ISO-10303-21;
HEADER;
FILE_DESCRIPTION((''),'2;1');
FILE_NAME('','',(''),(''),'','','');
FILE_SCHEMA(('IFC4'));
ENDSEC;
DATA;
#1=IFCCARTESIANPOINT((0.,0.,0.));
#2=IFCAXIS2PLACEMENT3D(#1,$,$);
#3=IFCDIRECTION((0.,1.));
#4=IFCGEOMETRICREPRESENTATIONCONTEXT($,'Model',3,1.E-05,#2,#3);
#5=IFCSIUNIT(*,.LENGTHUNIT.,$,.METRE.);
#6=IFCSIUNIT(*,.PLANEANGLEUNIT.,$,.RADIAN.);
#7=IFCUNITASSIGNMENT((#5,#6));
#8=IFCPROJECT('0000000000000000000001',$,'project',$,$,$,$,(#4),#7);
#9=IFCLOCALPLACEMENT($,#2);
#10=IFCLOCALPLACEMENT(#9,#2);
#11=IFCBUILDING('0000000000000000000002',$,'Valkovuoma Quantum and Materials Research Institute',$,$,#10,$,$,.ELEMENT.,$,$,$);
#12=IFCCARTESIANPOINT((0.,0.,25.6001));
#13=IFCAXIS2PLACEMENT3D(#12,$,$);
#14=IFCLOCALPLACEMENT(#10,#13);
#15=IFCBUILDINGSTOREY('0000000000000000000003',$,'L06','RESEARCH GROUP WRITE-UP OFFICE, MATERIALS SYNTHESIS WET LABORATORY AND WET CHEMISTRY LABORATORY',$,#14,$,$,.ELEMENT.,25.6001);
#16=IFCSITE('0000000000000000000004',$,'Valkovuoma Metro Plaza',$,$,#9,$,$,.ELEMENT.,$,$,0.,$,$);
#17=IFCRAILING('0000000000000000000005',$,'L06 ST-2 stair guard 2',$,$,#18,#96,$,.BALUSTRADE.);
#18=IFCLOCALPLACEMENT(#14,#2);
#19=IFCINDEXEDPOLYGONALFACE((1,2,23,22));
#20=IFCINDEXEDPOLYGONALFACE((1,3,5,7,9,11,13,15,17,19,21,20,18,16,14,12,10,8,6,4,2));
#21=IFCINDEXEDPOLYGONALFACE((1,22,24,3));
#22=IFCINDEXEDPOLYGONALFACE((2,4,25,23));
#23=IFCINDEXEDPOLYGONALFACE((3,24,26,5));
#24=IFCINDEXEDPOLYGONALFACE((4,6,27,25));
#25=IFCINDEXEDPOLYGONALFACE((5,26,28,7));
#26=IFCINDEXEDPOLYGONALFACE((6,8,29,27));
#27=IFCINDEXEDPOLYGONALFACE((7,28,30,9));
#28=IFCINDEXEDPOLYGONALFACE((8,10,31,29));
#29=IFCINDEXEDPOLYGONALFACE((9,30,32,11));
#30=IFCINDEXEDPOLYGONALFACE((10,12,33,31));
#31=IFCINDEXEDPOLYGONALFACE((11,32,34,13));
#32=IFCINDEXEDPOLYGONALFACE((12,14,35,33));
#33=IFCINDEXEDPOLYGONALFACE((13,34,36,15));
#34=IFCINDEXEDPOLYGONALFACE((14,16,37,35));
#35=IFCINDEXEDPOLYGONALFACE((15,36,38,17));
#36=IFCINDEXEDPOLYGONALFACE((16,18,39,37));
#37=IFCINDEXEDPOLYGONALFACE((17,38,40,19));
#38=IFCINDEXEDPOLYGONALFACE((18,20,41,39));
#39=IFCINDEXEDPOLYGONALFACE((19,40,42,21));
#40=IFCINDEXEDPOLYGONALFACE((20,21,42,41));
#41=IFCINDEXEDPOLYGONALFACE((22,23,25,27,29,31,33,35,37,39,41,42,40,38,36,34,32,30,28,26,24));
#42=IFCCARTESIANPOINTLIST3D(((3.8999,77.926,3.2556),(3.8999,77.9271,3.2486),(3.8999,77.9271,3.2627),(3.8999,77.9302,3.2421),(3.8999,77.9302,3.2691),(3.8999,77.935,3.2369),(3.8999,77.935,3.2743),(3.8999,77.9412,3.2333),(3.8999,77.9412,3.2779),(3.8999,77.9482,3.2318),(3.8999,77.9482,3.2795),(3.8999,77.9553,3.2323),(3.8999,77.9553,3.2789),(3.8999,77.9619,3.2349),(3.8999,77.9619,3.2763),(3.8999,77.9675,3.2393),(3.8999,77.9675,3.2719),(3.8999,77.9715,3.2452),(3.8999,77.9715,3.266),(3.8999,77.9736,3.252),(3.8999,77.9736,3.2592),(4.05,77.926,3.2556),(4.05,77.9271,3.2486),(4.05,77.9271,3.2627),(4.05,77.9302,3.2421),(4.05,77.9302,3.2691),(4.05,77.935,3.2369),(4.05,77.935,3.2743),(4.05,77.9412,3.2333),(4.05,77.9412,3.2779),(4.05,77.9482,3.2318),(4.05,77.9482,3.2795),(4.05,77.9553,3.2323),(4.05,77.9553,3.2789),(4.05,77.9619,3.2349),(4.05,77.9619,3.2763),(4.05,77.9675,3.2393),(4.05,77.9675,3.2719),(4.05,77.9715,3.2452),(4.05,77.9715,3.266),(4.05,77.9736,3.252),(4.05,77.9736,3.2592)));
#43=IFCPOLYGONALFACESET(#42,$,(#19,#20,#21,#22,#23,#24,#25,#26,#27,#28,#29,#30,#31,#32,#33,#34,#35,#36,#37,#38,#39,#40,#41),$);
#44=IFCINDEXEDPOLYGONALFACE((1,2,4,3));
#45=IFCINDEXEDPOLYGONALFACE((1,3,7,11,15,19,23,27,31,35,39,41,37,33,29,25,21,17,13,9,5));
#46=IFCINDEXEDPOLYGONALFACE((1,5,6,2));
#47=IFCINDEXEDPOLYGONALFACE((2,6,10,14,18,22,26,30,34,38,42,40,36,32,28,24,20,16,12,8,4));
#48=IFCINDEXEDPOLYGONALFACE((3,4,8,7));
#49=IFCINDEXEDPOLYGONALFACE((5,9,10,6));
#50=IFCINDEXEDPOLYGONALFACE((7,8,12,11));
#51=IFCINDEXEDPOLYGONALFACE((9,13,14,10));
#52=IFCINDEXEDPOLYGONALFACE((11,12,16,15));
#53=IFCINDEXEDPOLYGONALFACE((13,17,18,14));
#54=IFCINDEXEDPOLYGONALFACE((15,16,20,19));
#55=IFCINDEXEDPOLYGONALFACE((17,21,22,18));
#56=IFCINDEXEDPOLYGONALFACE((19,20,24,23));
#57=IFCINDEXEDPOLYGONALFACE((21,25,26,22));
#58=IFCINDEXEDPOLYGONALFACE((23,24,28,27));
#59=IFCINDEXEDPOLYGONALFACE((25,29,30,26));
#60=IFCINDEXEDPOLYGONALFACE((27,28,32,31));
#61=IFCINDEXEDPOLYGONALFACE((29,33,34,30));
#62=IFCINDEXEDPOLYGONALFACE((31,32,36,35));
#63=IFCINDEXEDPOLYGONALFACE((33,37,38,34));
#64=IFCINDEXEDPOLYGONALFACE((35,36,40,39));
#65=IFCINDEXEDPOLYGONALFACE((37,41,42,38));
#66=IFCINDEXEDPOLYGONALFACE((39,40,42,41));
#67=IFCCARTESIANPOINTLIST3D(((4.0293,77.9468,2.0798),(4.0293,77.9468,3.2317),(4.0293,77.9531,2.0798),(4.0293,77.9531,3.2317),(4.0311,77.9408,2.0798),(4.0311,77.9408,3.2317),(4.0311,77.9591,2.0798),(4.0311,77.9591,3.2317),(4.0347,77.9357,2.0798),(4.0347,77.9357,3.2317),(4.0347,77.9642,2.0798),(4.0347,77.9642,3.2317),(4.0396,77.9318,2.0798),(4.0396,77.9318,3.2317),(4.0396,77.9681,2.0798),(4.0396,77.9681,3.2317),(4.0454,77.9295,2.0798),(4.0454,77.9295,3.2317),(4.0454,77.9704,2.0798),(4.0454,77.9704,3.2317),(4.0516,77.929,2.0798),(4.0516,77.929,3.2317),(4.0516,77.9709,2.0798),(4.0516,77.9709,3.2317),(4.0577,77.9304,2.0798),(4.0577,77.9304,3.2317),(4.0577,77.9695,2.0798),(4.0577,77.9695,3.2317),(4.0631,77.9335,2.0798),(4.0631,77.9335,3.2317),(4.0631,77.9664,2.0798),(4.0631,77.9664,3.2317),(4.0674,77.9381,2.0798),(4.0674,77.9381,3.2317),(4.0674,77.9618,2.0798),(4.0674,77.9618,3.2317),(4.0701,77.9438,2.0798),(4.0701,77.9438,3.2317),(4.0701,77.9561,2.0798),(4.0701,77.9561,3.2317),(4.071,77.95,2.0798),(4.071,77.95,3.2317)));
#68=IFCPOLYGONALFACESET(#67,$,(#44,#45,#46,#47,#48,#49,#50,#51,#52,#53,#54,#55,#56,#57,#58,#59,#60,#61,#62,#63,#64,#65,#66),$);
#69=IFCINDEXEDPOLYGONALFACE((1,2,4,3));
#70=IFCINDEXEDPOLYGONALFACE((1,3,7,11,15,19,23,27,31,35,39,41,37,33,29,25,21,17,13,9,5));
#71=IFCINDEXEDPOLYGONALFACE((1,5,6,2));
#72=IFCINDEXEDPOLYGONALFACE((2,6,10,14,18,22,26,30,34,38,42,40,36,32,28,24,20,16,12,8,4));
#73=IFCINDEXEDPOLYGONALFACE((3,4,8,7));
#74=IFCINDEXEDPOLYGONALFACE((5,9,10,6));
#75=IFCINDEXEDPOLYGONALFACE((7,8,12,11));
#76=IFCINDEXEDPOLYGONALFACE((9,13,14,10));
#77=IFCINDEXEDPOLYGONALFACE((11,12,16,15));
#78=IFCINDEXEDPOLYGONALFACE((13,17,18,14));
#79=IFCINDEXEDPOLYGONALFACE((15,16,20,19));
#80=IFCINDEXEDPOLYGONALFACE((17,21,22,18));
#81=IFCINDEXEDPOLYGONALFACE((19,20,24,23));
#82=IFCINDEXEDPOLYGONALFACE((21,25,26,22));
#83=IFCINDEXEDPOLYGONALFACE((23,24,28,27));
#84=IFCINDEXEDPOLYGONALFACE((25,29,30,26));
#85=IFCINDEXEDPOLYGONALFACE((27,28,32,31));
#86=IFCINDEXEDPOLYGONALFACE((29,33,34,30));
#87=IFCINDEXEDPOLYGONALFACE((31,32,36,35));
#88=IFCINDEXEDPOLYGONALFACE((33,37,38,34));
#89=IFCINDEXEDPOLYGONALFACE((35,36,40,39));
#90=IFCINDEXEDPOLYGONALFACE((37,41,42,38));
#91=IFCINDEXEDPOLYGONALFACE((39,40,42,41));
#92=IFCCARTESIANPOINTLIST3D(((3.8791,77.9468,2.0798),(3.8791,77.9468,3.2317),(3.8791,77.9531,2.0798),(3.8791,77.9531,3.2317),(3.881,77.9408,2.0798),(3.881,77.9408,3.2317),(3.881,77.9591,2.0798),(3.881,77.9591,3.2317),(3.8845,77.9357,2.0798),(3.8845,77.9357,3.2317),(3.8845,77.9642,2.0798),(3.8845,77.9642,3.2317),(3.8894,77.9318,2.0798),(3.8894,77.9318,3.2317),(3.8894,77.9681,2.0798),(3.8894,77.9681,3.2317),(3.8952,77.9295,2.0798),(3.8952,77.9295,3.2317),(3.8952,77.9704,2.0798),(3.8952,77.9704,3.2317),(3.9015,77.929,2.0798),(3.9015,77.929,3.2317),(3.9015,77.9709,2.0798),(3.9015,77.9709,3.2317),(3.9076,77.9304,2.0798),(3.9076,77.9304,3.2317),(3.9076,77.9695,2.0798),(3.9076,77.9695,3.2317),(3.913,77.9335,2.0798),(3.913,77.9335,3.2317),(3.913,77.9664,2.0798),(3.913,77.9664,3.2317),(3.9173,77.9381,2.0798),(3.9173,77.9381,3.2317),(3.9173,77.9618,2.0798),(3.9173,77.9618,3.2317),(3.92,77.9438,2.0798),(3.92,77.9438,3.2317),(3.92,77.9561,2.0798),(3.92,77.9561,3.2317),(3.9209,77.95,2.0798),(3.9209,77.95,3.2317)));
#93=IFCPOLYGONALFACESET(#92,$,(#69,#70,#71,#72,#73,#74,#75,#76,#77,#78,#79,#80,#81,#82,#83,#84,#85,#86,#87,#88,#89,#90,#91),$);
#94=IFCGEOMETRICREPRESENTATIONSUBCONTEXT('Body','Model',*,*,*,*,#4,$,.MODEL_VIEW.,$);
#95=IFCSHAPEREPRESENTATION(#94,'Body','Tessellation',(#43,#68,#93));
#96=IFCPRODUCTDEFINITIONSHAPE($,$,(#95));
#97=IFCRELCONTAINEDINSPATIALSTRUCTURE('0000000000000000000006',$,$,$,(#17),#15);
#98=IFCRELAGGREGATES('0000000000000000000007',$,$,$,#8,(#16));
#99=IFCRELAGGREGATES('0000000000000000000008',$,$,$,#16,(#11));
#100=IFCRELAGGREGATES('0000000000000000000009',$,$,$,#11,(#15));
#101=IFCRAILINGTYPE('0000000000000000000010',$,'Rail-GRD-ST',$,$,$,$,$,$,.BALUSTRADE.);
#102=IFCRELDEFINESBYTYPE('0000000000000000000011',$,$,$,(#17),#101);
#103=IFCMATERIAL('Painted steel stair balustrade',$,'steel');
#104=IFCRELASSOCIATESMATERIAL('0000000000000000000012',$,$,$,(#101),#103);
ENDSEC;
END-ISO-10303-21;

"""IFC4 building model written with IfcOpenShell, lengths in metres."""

from ifc_helpers import new_model, si_unit, direction, frame, origin, origin_2d, place, context, subcontext, project, spatial, circle, extrude, material, type_object, element, save


model = new_model("IFC4")

# Units and contexts
model_context = context("Model", 3, precision=1e-05, world=origin(), true_north=direction((0.0, 1.0)))
body_context = subcontext(model_context, "Body", "Model", "MODEL_VIEW")
ifc_project = project(units=[si_unit("LENGTHUNIT", "METRE"), si_unit("PLANEANGLEUNIT", "RADIAN")], contexts=[model_context])

# Site, building, storey
site_placement = place(None, origin())
site = spatial("IfcSite", under=ifc_project, at=site_placement, Name="Valkovuoma Metro Plaza", CompositionType="ELEMENT", RefElevation=0.0)
building_placement = place(site_placement, origin())
building = spatial("IfcBuilding", under=site, at=building_placement, Name="Valkovuoma Quantum and Materials Research Institute", CompositionType="ELEMENT")
storey_placement = place(building_placement, frame((0.0, 0.0, 25.6001)))
storey = spatial("IfcBuildingStorey", under=building, at=storey_placement, Name="L06", Description="RESEARCH GROUP WRITE-UP OFFICE, MATERIALS SYNTHESIS WET LABORATORY AND WET CHEMISTRY LABORATORY", CompositionType="ELEMENT", Elevation=25.6001)

# Railing
ifc_material_1 = material(Name="Painted steel stair balustrade", Category="steel")
railing_type_1 = type_object("IfcRailingType", Name="Rail-GRD-ST", PredefinedType="BALUSTRADE", material=ifc_material_1)
railing_1_placement = place(storey_placement, frame((4.05, 77.95, 2.0798)))
element("IfcRailing", 1, at=railing_1_placement, inside=storey, type_object=railing_type_1, Name="L06 ST-2 stair guard 2", PredefinedType="BALUSTRADE", context=body_context, shape_type="SweptSolid", body=[
    extrude(circle(Radius=0.0239, at=origin_2d()), frame((0.0, 0.0, 1.1758), z_axis=(-1.0, 0.0, 0.0), x_axis=(0.0, -1.0, 0.0)), (0.0, 0.0, 1.0), 0.1501),
    extrude(circle(Radius=0.021, at=origin_2d()), origin(), (0.0, 0.0, 1.0), 1.1519),
    extrude(circle(Radius=0.021, at=origin_2d()), frame((-0.1501, 0.0, 0.0)), (0.0, 0.0, 1.0), 1.1519),
])

save(model, "model.ifc")
